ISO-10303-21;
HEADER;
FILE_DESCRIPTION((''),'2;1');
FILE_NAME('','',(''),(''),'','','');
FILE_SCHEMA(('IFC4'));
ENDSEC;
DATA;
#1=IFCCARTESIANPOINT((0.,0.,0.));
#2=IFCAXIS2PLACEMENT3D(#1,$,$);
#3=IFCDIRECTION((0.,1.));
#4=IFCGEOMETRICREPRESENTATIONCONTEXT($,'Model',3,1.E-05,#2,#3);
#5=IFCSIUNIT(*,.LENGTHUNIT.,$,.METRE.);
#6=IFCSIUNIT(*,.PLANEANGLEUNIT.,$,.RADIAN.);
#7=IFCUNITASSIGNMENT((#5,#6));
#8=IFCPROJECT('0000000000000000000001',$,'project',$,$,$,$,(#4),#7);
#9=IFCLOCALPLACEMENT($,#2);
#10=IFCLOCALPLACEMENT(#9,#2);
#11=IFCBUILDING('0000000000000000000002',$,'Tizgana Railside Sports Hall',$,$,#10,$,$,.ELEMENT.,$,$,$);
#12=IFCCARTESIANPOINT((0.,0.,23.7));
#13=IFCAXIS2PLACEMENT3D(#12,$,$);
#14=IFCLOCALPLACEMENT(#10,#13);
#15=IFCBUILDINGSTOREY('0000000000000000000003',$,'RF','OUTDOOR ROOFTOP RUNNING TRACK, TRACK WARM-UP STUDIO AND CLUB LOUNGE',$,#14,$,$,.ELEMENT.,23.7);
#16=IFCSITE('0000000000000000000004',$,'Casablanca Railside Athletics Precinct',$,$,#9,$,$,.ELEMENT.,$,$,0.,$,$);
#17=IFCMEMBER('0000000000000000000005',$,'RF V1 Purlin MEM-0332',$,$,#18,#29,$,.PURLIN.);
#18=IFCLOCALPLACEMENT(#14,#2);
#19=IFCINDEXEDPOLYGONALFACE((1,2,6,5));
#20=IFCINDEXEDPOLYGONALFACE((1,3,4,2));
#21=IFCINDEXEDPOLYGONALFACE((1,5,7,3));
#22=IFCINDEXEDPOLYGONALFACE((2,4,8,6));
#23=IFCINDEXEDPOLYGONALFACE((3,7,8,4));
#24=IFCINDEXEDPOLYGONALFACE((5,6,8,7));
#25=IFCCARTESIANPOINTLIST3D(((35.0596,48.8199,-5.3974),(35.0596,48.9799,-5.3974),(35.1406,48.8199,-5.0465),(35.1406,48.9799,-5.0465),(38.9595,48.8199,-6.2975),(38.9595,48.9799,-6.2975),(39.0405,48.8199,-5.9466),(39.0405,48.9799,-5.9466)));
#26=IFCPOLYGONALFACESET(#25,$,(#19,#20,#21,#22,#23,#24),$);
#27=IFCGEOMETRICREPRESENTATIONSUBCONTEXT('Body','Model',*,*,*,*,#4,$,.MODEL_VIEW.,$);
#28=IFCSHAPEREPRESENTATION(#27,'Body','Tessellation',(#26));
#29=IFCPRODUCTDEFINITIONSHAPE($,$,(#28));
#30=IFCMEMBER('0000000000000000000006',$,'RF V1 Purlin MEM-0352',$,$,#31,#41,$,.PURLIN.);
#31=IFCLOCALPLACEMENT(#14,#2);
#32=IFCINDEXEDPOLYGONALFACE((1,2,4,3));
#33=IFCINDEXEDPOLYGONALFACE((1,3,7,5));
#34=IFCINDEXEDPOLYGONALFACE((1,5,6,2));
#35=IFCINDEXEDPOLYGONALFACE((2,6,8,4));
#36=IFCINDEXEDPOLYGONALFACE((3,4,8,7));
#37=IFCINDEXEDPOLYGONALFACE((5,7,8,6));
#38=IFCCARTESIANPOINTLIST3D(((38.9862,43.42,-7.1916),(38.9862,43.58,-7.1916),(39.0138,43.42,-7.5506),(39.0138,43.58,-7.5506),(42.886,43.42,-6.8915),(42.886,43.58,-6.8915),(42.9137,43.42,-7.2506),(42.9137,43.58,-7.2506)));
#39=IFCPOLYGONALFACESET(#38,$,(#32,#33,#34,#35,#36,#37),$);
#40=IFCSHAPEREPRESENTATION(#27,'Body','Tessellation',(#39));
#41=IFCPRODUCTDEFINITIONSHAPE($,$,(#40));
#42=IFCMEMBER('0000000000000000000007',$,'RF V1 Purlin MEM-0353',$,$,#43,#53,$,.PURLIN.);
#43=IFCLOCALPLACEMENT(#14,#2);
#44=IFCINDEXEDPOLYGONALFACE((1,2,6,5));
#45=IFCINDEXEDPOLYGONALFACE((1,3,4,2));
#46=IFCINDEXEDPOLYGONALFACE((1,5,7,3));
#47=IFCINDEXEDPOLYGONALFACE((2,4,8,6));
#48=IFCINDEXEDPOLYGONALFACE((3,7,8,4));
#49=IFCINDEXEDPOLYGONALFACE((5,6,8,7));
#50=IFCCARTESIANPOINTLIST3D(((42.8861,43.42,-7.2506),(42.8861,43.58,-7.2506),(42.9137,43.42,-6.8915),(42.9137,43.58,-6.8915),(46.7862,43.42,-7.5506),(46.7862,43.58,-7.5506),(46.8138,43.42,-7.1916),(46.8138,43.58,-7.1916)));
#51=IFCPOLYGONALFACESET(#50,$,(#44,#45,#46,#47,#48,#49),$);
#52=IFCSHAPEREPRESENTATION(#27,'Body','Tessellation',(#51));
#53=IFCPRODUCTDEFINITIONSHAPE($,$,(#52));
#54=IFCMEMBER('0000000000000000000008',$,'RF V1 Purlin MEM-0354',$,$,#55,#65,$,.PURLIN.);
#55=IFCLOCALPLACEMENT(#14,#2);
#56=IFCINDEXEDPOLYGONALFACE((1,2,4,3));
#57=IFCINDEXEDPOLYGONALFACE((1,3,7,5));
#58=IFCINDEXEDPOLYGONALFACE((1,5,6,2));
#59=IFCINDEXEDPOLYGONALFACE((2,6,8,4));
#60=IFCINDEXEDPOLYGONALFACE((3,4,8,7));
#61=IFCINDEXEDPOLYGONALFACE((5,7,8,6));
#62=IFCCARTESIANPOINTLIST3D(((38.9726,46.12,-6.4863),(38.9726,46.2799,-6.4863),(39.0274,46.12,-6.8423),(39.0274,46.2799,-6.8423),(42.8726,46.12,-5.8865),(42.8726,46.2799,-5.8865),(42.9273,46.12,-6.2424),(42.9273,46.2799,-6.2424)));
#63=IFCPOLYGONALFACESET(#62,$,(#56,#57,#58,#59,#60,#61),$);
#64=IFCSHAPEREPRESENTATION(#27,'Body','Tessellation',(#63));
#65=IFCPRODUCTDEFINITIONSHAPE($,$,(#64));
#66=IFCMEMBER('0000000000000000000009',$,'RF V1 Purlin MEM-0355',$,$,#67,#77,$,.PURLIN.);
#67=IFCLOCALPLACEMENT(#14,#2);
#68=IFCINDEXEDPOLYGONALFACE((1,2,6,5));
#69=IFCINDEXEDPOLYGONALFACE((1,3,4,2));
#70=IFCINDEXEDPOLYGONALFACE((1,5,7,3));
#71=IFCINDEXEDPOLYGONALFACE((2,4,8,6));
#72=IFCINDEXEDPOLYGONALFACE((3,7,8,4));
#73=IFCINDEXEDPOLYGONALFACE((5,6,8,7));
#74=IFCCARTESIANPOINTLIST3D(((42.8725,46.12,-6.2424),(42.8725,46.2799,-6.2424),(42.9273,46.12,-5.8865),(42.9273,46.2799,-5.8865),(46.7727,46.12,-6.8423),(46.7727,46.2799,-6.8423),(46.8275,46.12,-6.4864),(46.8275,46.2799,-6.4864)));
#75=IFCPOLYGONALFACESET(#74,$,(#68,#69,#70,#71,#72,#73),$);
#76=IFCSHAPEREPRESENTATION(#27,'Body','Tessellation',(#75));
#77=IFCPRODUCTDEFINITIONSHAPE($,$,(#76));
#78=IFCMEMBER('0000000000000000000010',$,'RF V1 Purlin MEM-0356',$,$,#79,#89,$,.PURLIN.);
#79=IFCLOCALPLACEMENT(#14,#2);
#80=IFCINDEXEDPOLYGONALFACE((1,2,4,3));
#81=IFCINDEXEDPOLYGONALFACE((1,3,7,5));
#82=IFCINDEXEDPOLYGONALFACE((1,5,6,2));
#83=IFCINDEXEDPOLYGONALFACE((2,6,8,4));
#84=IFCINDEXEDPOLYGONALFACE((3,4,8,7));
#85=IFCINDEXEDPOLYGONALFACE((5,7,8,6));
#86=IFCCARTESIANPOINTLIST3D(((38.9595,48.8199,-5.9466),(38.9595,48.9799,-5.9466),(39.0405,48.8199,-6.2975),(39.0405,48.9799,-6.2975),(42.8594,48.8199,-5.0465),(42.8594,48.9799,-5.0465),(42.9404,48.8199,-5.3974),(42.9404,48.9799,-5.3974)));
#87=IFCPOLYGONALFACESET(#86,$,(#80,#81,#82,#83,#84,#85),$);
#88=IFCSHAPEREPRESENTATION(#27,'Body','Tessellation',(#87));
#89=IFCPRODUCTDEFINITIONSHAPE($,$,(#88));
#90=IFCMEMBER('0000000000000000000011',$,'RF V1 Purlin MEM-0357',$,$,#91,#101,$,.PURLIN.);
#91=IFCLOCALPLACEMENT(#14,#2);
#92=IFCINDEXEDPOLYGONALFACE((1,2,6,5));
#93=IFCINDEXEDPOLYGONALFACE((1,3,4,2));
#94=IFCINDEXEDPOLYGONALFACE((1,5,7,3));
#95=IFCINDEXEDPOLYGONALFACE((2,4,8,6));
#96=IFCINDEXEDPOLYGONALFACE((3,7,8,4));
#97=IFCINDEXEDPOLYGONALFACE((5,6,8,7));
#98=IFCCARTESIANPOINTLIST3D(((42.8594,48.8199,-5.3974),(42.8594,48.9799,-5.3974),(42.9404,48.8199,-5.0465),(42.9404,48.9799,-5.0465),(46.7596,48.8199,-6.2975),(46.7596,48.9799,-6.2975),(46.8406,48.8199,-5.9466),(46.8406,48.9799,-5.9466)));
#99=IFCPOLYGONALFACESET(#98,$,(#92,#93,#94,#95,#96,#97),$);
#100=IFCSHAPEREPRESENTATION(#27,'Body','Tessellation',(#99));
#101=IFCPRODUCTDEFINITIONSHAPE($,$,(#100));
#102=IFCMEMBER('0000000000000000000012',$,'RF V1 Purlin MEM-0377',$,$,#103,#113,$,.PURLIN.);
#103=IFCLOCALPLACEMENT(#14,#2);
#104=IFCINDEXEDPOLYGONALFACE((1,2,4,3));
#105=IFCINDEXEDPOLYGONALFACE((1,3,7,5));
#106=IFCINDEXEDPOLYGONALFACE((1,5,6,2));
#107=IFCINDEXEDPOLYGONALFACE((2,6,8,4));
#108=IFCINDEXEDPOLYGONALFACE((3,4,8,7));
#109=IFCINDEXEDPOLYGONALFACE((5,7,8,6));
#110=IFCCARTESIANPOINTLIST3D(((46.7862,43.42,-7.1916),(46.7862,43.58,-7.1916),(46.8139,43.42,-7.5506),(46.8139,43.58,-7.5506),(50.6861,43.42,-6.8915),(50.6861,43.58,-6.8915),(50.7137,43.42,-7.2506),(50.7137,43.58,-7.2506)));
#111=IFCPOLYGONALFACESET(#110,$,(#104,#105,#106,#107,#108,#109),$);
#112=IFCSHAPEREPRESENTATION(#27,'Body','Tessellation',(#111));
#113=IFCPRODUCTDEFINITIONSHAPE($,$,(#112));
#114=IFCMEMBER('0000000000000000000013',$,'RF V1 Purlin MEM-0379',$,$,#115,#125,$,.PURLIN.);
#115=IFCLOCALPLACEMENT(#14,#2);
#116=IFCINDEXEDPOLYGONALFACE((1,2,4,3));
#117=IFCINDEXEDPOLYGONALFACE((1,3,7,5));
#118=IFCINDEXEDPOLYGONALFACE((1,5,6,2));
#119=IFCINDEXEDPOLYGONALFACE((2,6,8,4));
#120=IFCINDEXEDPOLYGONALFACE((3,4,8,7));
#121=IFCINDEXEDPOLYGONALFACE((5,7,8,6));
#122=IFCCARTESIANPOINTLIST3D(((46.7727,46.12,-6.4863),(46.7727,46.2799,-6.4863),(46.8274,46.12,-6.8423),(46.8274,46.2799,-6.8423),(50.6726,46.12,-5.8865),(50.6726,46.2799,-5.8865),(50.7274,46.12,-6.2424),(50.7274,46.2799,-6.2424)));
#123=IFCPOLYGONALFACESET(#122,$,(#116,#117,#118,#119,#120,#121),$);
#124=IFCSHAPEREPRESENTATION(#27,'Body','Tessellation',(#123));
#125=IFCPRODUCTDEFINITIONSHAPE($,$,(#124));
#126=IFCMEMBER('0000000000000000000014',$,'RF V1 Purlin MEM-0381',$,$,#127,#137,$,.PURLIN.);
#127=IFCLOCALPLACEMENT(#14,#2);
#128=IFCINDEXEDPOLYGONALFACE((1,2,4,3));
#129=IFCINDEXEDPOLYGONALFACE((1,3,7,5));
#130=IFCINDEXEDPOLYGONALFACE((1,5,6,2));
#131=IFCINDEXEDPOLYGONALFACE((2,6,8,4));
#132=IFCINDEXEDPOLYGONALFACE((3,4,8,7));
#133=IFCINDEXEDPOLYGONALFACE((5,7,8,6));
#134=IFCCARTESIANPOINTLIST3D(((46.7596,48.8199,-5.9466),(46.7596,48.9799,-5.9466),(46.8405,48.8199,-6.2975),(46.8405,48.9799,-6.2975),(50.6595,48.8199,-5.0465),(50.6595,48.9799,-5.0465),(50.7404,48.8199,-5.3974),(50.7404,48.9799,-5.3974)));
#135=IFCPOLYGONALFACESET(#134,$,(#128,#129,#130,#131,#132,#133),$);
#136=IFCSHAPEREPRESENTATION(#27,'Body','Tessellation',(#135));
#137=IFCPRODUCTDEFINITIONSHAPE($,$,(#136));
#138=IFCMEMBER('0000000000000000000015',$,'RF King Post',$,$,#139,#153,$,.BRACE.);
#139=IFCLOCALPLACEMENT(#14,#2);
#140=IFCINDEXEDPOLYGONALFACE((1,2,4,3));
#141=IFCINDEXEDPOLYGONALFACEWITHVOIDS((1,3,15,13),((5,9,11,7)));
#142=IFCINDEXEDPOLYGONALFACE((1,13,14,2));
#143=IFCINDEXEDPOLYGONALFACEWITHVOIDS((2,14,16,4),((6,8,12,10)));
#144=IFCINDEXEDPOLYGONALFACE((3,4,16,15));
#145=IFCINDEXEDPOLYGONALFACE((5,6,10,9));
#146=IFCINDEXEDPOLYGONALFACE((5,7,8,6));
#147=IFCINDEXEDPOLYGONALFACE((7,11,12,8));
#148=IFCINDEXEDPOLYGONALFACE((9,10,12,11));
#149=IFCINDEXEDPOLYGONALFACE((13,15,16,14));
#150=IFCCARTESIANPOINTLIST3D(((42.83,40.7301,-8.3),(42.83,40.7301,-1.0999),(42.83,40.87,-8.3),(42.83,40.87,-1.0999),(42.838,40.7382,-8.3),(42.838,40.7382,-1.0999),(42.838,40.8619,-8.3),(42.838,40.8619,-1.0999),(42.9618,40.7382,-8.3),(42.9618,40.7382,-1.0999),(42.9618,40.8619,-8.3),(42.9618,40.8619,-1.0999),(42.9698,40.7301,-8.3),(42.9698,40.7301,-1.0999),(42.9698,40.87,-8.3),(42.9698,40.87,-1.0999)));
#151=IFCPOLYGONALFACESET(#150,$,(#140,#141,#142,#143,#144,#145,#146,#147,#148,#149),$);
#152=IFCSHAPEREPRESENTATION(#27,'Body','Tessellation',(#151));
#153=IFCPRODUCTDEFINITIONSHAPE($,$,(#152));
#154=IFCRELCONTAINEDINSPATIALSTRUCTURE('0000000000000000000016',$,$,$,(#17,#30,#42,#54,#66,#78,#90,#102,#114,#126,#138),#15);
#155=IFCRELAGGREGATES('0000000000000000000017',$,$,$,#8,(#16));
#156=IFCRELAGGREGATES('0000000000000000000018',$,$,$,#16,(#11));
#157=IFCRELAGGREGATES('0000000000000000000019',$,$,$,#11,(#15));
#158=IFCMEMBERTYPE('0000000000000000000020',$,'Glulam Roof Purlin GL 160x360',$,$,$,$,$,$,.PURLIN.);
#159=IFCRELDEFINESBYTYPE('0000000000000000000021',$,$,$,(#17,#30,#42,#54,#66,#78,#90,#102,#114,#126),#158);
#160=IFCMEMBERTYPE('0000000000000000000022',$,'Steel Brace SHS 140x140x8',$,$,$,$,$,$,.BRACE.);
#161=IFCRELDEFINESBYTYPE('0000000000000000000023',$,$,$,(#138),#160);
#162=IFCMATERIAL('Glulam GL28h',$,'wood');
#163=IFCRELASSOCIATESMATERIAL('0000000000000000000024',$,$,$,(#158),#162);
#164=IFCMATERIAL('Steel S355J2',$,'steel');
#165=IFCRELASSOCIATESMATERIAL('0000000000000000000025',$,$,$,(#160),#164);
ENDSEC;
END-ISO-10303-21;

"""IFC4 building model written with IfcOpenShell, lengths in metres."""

from ifc_helpers import new_model, si_unit, direction, frame, origin, origin_2d, place, context, subcontext, project, spatial, rectangle, hollow_rectangle, extrude, material, material_profile, profile_set, type_object, element, save


model = new_model("IFC4")

# Units and contexts
model_context = context("Model", 3, precision=1e-05, world=origin(), true_north=direction((0.0, 1.0)))
body_context = subcontext(model_context, "Body", "Model", "MODEL_VIEW")
ifc_project = project(units=[si_unit("LENGTHUNIT", "METRE"), si_unit("PLANEANGLEUNIT", "RADIAN")], contexts=[model_context])

# Site, building, storey
site_placement = place(None, origin())
site = spatial("IfcSite", under=ifc_project, at=site_placement, Name="Casablanca Railside Athletics Precinct", CompositionType="ELEMENT", RefElevation=0.0)
building_placement = place(site_placement, origin())
building = spatial("IfcBuilding", under=site, at=building_placement, Name="Tizgana Railside Sports Hall", CompositionType="ELEMENT")
storey_placement = place(building_placement, frame((0.0, 0.0, 23.7)))
storey = spatial("IfcBuildingStorey", under=building, at=storey_placement, Name="RF", Description="OUTDOOR ROOFTOP RUNNING TRACK, TRACK WARM-UP STUDIO AND CLUB LOUNGE", CompositionType="ELEMENT", Elevation=23.7)

# Members
ifc_material_1 = material(Name="Glulam GL28h", Category="wood")
ifc_material_profile_1 = material_profile(ifc_material_1, rectangle(XDim=0.1599, YDim=0.3601, at=origin_2d()), Name="GL 160x360")
ifc_profile_set_1 = profile_set([ifc_material_profile_1], Name="Glulam GL28h")
member_type_1 = type_object("IfcMemberType", Name="Glulam Roof Purlin GL 160x360", PredefinedType="PURLIN", material=ifc_profile_set_1)
member_1_placement = place(storey_placement, frame((35.1001, 48.8999, -5.2219), z_axis=(0.974382, 0.0, -0.2249), x_axis=(0.0, 1.0, 0.0)))
element("IfcMember", 1, at=member_1_placement, inside=storey, type_object=member_type_1, Name="RF V1 Purlin MEM-0332", PredefinedType="PURLIN", context=body_context, shape_type="SweptSolid", body=[
    extrude(rectangle(XDim=0.1599, YDim=0.3601, at=origin_2d()), origin(), (0.0, 0.0, 1.0), 4.0024),
])
member_2_placement = place(storey_placement, frame((39.0, 43.5, -7.3711), z_axis=(0.997053, 0.0, 0.076711), x_axis=(0.0, 1.0, 0.0)))
element("IfcMember", 2, at=member_2_placement, inside=storey, type_object=member_type_1, Name="RF V1 Purlin MEM-0352", PredefinedType="PURLIN", context=body_context, shape_type="SweptSolid", body=[
    extrude(rectangle(XDim=0.1599, YDim=0.3601, at=origin_2d()), origin(), (0.0, 0.0, 1.0), 3.9114),
])
member_3_placement = place(storey_placement, frame((42.8999, 43.5, -7.071), z_axis=(0.997054, 0.0, -0.076706), x_axis=(0.0, 1.0, 0.0)))
element("IfcMember", 3, at=member_3_placement, inside=storey, type_object=member_type_1, Name="RF V1 Purlin MEM-0353", PredefinedType="PURLIN", context=body_context, shape_type="SweptSolid", body=[
    extrude(rectangle(XDim=0.1599, YDim=0.3601, at=origin_2d()), origin(), (0.0, 0.0, 1.0), 3.9116),
])
member_4_placement = place(storey_placement, frame((39.0, 46.2, -6.6643), z_axis=(0.988377, 0.0, 0.152025), x_axis=(0.0, 1.0, 0.0)))
element("IfcMember", 4, at=member_4_placement, inside=storey, type_object=member_type_1, Name="RF V1 Purlin MEM-0354", PredefinedType="PURLIN", context=body_context, shape_type="SweptSolid", body=[
    extrude(rectangle(XDim=0.1599, YDim=0.3601, at=origin_2d()), origin(), (0.0, 0.0, 1.0), 3.9458),
])
member_5_placement = place(storey_placement, frame((42.8999, 46.2, -6.0645), z_axis=(0.988378, 0.0, -0.152015), x_axis=(0.0, 1.0, 0.0)))
element("IfcMember", 5, at=member_5_placement, inside=storey, type_object=member_type_1, Name="RF V1 Purlin MEM-0355", PredefinedType="PURLIN", context=body_context, shape_type="SweptSolid", body=[
    extrude(rectangle(XDim=0.1599, YDim=0.3601, at=origin_2d()), origin(), (0.0, 0.0, 1.0), 3.946),
])
member_6_placement = place(storey_placement, frame((39.0, 48.8999, -6.1221), z_axis=(0.974382, 0.0, 0.2249), x_axis=(0.0, 1.0, 0.0)))
element("IfcMember", 6, at=member_6_placement, inside=storey, type_object=member_type_1, Name="RF V1 Purlin MEM-0356", PredefinedType="PURLIN", context=body_context, shape_type="SweptSolid", body=[
    extrude(rectangle(XDim=0.1599, YDim=0.3601, at=origin_2d()), origin(), (0.0, 0.0, 1.0), 4.0024),
])
member_7_placement = place(storey_placement, frame((42.8999, 48.8999, -5.2219), z_axis=(0.974385, 0.0, -0.224886), x_axis=(0.0, 1.0, 0.0)))
element("IfcMember", 7, at=member_7_placement, inside=storey, type_object=member_type_1, Name="RF V1 Purlin MEM-0357", PredefinedType="PURLIN", context=body_context, shape_type="SweptSolid", body=[
    extrude(rectangle(XDim=0.1599, YDim=0.3601, at=origin_2d()), origin(), (0.0, 0.0, 1.0), 4.0027),
])
member_8_placement = place(storey_placement, frame((46.8, 43.5, -7.3711), z_axis=(0.997053, 0.0, 0.076711), x_axis=(0.0, 1.0, 0.0)))
element("IfcMember", 8, at=member_8_placement, inside=storey, type_object=member_type_1, Name="RF V1 Purlin MEM-0377", PredefinedType="PURLIN", context=body_context, shape_type="SweptSolid", body=[
    extrude(rectangle(XDim=0.1599, YDim=0.3601, at=origin_2d()), origin(), (0.0, 0.0, 1.0), 3.9114),
])
member_9_placement = place(storey_placement, frame((46.8, 46.2, -6.6643), z_axis=(0.988377, 0.0, 0.152025), x_axis=(0.0, 1.0, 0.0)))
element("IfcMember", 9, at=member_9_placement, inside=storey, type_object=member_type_1, Name="RF V1 Purlin MEM-0379", PredefinedType="PURLIN", context=body_context, shape_type="SweptSolid", body=[
    extrude(rectangle(XDim=0.1599, YDim=0.3601, at=origin_2d()), origin(), (0.0, 0.0, 1.0), 3.9458),
])
member_10_placement = place(storey_placement, frame((46.8, 48.8999, -6.1221), z_axis=(0.974382, 0.0, 0.2249), x_axis=(0.0, 1.0, 0.0)))
element("IfcMember", 10, at=member_10_placement, inside=storey, type_object=member_type_1, Name="RF V1 Purlin MEM-0381", PredefinedType="PURLIN", context=body_context, shape_type="SweptSolid", body=[
    extrude(rectangle(XDim=0.1599, YDim=0.3601, at=origin_2d()), origin(), (0.0, 0.0, 1.0), 4.0024),
])
ifc_material_2 = material(Name="Steel S355J2", Category="steel")
ifc_material_profile_2 = material_profile(ifc_material_2, hollow_rectangle(XDim=0.1399, YDim=0.1399, WallThickness=0.0081, at=origin_2d()), Name="SHS 140x140x8")
ifc_profile_set_2 = profile_set([ifc_material_profile_2], Name="Steel S355J2")
member_type_2 = type_object("IfcMemberType", Name="Steel Brace SHS 140x140x8", PredefinedType="BRACE", material=ifc_profile_set_2)
member_11_placement = place(storey_placement, frame((42.8999, 40.8, -8.3), z_axis=(0.0, 0.0, 1.0), x_axis=(1.0, 0.0, 0.0)))
element("IfcMember", 11, at=member_11_placement, inside=storey, type_object=member_type_2, Name="RF King Post", PredefinedType="BRACE", context=body_context, shape_type="SweptSolid", body=[
    extrude(hollow_rectangle(XDim=0.1399, YDim=0.1399, WallThickness=0.0081, at=origin_2d()), origin(), (0.0, 0.0, 1.0), 7.2002),
])

save(model, "model.ifc")
